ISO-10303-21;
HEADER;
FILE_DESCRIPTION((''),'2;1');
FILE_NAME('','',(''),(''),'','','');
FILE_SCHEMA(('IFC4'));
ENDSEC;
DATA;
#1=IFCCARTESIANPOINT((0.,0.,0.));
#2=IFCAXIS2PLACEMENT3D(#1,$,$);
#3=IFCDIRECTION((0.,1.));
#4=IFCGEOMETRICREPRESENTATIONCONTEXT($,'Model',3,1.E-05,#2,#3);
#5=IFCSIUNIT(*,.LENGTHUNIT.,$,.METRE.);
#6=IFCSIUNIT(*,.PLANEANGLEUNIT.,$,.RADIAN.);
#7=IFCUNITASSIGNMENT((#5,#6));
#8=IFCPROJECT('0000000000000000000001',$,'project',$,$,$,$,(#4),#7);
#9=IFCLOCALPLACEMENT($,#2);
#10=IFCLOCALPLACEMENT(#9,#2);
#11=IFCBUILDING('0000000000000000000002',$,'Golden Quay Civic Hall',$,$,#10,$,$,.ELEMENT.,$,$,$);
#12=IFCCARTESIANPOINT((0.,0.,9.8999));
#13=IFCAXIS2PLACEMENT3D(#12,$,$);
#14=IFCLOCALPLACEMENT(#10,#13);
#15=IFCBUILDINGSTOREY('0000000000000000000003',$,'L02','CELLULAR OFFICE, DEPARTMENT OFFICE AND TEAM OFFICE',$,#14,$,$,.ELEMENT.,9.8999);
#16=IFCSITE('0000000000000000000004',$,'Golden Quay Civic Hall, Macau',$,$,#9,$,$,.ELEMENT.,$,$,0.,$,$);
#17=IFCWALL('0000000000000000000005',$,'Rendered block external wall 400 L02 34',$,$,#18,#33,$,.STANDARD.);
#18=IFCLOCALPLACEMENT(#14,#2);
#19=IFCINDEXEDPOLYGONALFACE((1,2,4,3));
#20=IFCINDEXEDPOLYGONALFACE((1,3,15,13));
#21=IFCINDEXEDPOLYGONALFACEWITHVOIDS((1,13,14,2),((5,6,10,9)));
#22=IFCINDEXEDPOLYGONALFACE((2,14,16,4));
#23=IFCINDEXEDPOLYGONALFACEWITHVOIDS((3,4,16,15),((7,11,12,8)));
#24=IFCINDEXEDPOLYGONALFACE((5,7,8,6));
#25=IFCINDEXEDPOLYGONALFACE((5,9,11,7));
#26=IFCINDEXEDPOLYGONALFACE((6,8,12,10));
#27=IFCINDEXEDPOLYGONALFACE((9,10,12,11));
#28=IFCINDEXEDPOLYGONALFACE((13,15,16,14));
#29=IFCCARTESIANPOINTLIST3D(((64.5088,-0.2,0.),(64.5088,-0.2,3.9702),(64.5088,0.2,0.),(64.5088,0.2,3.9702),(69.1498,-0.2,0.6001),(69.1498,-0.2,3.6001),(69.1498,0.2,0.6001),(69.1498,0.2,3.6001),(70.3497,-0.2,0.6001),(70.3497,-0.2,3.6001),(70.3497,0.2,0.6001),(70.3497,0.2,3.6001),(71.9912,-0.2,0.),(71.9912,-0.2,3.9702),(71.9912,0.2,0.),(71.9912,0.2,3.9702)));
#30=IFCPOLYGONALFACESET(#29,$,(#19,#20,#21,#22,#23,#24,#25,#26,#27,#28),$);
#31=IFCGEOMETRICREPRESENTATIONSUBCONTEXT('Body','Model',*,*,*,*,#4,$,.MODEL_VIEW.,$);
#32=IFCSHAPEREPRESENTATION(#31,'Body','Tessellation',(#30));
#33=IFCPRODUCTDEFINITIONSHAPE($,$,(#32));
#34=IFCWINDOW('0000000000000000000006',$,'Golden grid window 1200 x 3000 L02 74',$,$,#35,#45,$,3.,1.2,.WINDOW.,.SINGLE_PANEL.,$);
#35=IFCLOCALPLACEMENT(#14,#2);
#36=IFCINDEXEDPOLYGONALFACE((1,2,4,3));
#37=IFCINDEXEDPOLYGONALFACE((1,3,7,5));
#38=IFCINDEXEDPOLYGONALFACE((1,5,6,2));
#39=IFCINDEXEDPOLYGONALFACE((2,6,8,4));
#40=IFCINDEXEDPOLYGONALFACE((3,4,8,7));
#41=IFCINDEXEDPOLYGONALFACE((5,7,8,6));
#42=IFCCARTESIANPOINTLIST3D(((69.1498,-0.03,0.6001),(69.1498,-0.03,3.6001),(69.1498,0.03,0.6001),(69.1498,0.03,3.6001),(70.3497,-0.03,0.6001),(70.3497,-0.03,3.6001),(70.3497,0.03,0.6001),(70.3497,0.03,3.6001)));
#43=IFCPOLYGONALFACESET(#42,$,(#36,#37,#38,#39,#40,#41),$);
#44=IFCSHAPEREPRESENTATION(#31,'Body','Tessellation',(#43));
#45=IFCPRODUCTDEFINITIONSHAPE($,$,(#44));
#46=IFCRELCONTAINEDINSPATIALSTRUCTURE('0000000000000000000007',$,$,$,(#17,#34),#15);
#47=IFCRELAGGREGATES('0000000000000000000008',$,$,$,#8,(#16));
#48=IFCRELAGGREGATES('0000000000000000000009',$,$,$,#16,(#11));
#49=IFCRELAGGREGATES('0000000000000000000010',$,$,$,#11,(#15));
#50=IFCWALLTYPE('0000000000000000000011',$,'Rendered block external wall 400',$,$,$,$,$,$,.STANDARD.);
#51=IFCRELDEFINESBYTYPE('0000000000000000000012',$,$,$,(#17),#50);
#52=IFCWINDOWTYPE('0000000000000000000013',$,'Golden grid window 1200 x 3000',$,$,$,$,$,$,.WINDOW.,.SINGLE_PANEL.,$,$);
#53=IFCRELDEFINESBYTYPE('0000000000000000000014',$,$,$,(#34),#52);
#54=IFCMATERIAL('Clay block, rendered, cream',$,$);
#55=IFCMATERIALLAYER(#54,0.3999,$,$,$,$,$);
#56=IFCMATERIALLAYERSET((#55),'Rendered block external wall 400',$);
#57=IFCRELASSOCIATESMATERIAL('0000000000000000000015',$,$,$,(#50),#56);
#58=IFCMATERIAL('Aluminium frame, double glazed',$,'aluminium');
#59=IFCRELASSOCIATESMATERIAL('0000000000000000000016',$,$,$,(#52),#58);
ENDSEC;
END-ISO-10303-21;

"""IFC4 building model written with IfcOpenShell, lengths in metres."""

from ifc_helpers import new_model, si_unit, direction, frame, frame_2d, origin, place, context, subcontext, project, spatial, rectangle, extrude, material, layer, layer_set, type_object, element, fill, save


model = new_model("IFC4")

# Units and contexts
model_context = context("Model", 3, precision=1e-05, world=origin(), true_north=direction((0.0, 1.0)))
body_context = subcontext(model_context, "Body", "Model", "MODEL_VIEW")
ifc_project = project(units=[si_unit("LENGTHUNIT", "METRE"), si_unit("PLANEANGLEUNIT", "RADIAN")], contexts=[model_context])

# Site, building, storey
site_placement = place(None, origin())
site = spatial("IfcSite", under=ifc_project, at=site_placement, Name="Golden Quay Civic Hall, Macau", CompositionType="ELEMENT", RefElevation=0.0)
building_placement = place(site_placement, origin())
building = spatial("IfcBuilding", under=site, at=building_placement, Name="Golden Quay Civic Hall", CompositionType="ELEMENT")
storey_placement = place(building_placement, frame((0.0, 0.0, 9.8999)))
storey = spatial("IfcBuildingStorey", under=building, at=storey_placement, Name="L02", Description="CELLULAR OFFICE, DEPARTMENT OFFICE AND TEAM OFFICE", CompositionType="ELEMENT", Elevation=9.8999)

# Shared definitions
ifc_material_1 = material(Name="Clay block, rendered, cream")
ifc_layer_1 = layer(ifc_material_1, 0.3999)
ifc_layer_set_1 = layer_set([ifc_layer_1], Name="Rendered block external wall 400")
wall_type_1 = type_object("IfcWallType", Name="Rendered block external wall 400", PredefinedType="STANDARD", material=ifc_layer_set_1)

# Wall, opening, window
wall_1_placement = place(storey_placement, frame((71.9912, 0.0, 0.0), z_axis=(0.0, 0.0, 1.0), x_axis=(-1.0, 0.0, 0.0)))
wall_1 = element("IfcWall", 1, at=wall_1_placement, inside=storey, type_object=wall_type_1, Name="Rendered block external wall 400 L02 34", PredefinedType="STANDARD", context=body_context, shape_type="SweptSolid", body=[
    extrude(rectangle(XDim=7.4824, YDim=0.3999, at=frame_2d((3.7412, 0.0))), origin(), (0.0, 0.0, 1.0), 3.9702),
])
opening_1_placement = place(wall_1_placement, frame((1.6414, 0.0, 0.6001)))
opening_1 = element("IfcOpeningElement", 2, at=opening_1_placement, cuts=wall_1, PredefinedType="OPENING", context=body_context, shape_type="SweptSolid", body=[
    extrude(rectangle(XDim=1.2, YDim=3.0, at=frame_2d((0.6001, 1.5))), frame((0.0, 0.21, 0.0), z_axis=(0.0, -1.0, 0.0), x_axis=(1.0, 0.0, 0.0)), (0.0, 0.0, 1.0), 0.4199),
])
ifc_material_2 = material(Name="Aluminium frame, double glazed", Category="aluminium")
window_type = type_object("IfcWindowType", Name="Golden grid window 1200 x 3000", PartitioningType="SINGLE_PANEL", PredefinedType="WINDOW", material=ifc_material_2)
window_placement = place(opening_1_placement, origin())
window = element("IfcWindow", 3, at=window_placement, inside=storey, type_object=window_type, Name="Golden grid window 1200 x 3000 L02 74", OverallHeight=3.0, OverallWidth=1.2, PartitioningType="SINGLE_PANEL", PredefinedType="WINDOW", context=body_context, shape_type="SweptSolid", body=[
    extrude(rectangle(XDim=1.2, YDim=3.0, at=frame_2d((0.6001, 1.5))), frame((0.0, 0.03, 0.0), z_axis=(0.0, -1.0, 0.0), x_axis=(1.0, 0.0, 0.0)), (0.0, 0.0, 1.0), 0.0601),
])
fill(opening_1, window)

save(model, "model.ifc")
